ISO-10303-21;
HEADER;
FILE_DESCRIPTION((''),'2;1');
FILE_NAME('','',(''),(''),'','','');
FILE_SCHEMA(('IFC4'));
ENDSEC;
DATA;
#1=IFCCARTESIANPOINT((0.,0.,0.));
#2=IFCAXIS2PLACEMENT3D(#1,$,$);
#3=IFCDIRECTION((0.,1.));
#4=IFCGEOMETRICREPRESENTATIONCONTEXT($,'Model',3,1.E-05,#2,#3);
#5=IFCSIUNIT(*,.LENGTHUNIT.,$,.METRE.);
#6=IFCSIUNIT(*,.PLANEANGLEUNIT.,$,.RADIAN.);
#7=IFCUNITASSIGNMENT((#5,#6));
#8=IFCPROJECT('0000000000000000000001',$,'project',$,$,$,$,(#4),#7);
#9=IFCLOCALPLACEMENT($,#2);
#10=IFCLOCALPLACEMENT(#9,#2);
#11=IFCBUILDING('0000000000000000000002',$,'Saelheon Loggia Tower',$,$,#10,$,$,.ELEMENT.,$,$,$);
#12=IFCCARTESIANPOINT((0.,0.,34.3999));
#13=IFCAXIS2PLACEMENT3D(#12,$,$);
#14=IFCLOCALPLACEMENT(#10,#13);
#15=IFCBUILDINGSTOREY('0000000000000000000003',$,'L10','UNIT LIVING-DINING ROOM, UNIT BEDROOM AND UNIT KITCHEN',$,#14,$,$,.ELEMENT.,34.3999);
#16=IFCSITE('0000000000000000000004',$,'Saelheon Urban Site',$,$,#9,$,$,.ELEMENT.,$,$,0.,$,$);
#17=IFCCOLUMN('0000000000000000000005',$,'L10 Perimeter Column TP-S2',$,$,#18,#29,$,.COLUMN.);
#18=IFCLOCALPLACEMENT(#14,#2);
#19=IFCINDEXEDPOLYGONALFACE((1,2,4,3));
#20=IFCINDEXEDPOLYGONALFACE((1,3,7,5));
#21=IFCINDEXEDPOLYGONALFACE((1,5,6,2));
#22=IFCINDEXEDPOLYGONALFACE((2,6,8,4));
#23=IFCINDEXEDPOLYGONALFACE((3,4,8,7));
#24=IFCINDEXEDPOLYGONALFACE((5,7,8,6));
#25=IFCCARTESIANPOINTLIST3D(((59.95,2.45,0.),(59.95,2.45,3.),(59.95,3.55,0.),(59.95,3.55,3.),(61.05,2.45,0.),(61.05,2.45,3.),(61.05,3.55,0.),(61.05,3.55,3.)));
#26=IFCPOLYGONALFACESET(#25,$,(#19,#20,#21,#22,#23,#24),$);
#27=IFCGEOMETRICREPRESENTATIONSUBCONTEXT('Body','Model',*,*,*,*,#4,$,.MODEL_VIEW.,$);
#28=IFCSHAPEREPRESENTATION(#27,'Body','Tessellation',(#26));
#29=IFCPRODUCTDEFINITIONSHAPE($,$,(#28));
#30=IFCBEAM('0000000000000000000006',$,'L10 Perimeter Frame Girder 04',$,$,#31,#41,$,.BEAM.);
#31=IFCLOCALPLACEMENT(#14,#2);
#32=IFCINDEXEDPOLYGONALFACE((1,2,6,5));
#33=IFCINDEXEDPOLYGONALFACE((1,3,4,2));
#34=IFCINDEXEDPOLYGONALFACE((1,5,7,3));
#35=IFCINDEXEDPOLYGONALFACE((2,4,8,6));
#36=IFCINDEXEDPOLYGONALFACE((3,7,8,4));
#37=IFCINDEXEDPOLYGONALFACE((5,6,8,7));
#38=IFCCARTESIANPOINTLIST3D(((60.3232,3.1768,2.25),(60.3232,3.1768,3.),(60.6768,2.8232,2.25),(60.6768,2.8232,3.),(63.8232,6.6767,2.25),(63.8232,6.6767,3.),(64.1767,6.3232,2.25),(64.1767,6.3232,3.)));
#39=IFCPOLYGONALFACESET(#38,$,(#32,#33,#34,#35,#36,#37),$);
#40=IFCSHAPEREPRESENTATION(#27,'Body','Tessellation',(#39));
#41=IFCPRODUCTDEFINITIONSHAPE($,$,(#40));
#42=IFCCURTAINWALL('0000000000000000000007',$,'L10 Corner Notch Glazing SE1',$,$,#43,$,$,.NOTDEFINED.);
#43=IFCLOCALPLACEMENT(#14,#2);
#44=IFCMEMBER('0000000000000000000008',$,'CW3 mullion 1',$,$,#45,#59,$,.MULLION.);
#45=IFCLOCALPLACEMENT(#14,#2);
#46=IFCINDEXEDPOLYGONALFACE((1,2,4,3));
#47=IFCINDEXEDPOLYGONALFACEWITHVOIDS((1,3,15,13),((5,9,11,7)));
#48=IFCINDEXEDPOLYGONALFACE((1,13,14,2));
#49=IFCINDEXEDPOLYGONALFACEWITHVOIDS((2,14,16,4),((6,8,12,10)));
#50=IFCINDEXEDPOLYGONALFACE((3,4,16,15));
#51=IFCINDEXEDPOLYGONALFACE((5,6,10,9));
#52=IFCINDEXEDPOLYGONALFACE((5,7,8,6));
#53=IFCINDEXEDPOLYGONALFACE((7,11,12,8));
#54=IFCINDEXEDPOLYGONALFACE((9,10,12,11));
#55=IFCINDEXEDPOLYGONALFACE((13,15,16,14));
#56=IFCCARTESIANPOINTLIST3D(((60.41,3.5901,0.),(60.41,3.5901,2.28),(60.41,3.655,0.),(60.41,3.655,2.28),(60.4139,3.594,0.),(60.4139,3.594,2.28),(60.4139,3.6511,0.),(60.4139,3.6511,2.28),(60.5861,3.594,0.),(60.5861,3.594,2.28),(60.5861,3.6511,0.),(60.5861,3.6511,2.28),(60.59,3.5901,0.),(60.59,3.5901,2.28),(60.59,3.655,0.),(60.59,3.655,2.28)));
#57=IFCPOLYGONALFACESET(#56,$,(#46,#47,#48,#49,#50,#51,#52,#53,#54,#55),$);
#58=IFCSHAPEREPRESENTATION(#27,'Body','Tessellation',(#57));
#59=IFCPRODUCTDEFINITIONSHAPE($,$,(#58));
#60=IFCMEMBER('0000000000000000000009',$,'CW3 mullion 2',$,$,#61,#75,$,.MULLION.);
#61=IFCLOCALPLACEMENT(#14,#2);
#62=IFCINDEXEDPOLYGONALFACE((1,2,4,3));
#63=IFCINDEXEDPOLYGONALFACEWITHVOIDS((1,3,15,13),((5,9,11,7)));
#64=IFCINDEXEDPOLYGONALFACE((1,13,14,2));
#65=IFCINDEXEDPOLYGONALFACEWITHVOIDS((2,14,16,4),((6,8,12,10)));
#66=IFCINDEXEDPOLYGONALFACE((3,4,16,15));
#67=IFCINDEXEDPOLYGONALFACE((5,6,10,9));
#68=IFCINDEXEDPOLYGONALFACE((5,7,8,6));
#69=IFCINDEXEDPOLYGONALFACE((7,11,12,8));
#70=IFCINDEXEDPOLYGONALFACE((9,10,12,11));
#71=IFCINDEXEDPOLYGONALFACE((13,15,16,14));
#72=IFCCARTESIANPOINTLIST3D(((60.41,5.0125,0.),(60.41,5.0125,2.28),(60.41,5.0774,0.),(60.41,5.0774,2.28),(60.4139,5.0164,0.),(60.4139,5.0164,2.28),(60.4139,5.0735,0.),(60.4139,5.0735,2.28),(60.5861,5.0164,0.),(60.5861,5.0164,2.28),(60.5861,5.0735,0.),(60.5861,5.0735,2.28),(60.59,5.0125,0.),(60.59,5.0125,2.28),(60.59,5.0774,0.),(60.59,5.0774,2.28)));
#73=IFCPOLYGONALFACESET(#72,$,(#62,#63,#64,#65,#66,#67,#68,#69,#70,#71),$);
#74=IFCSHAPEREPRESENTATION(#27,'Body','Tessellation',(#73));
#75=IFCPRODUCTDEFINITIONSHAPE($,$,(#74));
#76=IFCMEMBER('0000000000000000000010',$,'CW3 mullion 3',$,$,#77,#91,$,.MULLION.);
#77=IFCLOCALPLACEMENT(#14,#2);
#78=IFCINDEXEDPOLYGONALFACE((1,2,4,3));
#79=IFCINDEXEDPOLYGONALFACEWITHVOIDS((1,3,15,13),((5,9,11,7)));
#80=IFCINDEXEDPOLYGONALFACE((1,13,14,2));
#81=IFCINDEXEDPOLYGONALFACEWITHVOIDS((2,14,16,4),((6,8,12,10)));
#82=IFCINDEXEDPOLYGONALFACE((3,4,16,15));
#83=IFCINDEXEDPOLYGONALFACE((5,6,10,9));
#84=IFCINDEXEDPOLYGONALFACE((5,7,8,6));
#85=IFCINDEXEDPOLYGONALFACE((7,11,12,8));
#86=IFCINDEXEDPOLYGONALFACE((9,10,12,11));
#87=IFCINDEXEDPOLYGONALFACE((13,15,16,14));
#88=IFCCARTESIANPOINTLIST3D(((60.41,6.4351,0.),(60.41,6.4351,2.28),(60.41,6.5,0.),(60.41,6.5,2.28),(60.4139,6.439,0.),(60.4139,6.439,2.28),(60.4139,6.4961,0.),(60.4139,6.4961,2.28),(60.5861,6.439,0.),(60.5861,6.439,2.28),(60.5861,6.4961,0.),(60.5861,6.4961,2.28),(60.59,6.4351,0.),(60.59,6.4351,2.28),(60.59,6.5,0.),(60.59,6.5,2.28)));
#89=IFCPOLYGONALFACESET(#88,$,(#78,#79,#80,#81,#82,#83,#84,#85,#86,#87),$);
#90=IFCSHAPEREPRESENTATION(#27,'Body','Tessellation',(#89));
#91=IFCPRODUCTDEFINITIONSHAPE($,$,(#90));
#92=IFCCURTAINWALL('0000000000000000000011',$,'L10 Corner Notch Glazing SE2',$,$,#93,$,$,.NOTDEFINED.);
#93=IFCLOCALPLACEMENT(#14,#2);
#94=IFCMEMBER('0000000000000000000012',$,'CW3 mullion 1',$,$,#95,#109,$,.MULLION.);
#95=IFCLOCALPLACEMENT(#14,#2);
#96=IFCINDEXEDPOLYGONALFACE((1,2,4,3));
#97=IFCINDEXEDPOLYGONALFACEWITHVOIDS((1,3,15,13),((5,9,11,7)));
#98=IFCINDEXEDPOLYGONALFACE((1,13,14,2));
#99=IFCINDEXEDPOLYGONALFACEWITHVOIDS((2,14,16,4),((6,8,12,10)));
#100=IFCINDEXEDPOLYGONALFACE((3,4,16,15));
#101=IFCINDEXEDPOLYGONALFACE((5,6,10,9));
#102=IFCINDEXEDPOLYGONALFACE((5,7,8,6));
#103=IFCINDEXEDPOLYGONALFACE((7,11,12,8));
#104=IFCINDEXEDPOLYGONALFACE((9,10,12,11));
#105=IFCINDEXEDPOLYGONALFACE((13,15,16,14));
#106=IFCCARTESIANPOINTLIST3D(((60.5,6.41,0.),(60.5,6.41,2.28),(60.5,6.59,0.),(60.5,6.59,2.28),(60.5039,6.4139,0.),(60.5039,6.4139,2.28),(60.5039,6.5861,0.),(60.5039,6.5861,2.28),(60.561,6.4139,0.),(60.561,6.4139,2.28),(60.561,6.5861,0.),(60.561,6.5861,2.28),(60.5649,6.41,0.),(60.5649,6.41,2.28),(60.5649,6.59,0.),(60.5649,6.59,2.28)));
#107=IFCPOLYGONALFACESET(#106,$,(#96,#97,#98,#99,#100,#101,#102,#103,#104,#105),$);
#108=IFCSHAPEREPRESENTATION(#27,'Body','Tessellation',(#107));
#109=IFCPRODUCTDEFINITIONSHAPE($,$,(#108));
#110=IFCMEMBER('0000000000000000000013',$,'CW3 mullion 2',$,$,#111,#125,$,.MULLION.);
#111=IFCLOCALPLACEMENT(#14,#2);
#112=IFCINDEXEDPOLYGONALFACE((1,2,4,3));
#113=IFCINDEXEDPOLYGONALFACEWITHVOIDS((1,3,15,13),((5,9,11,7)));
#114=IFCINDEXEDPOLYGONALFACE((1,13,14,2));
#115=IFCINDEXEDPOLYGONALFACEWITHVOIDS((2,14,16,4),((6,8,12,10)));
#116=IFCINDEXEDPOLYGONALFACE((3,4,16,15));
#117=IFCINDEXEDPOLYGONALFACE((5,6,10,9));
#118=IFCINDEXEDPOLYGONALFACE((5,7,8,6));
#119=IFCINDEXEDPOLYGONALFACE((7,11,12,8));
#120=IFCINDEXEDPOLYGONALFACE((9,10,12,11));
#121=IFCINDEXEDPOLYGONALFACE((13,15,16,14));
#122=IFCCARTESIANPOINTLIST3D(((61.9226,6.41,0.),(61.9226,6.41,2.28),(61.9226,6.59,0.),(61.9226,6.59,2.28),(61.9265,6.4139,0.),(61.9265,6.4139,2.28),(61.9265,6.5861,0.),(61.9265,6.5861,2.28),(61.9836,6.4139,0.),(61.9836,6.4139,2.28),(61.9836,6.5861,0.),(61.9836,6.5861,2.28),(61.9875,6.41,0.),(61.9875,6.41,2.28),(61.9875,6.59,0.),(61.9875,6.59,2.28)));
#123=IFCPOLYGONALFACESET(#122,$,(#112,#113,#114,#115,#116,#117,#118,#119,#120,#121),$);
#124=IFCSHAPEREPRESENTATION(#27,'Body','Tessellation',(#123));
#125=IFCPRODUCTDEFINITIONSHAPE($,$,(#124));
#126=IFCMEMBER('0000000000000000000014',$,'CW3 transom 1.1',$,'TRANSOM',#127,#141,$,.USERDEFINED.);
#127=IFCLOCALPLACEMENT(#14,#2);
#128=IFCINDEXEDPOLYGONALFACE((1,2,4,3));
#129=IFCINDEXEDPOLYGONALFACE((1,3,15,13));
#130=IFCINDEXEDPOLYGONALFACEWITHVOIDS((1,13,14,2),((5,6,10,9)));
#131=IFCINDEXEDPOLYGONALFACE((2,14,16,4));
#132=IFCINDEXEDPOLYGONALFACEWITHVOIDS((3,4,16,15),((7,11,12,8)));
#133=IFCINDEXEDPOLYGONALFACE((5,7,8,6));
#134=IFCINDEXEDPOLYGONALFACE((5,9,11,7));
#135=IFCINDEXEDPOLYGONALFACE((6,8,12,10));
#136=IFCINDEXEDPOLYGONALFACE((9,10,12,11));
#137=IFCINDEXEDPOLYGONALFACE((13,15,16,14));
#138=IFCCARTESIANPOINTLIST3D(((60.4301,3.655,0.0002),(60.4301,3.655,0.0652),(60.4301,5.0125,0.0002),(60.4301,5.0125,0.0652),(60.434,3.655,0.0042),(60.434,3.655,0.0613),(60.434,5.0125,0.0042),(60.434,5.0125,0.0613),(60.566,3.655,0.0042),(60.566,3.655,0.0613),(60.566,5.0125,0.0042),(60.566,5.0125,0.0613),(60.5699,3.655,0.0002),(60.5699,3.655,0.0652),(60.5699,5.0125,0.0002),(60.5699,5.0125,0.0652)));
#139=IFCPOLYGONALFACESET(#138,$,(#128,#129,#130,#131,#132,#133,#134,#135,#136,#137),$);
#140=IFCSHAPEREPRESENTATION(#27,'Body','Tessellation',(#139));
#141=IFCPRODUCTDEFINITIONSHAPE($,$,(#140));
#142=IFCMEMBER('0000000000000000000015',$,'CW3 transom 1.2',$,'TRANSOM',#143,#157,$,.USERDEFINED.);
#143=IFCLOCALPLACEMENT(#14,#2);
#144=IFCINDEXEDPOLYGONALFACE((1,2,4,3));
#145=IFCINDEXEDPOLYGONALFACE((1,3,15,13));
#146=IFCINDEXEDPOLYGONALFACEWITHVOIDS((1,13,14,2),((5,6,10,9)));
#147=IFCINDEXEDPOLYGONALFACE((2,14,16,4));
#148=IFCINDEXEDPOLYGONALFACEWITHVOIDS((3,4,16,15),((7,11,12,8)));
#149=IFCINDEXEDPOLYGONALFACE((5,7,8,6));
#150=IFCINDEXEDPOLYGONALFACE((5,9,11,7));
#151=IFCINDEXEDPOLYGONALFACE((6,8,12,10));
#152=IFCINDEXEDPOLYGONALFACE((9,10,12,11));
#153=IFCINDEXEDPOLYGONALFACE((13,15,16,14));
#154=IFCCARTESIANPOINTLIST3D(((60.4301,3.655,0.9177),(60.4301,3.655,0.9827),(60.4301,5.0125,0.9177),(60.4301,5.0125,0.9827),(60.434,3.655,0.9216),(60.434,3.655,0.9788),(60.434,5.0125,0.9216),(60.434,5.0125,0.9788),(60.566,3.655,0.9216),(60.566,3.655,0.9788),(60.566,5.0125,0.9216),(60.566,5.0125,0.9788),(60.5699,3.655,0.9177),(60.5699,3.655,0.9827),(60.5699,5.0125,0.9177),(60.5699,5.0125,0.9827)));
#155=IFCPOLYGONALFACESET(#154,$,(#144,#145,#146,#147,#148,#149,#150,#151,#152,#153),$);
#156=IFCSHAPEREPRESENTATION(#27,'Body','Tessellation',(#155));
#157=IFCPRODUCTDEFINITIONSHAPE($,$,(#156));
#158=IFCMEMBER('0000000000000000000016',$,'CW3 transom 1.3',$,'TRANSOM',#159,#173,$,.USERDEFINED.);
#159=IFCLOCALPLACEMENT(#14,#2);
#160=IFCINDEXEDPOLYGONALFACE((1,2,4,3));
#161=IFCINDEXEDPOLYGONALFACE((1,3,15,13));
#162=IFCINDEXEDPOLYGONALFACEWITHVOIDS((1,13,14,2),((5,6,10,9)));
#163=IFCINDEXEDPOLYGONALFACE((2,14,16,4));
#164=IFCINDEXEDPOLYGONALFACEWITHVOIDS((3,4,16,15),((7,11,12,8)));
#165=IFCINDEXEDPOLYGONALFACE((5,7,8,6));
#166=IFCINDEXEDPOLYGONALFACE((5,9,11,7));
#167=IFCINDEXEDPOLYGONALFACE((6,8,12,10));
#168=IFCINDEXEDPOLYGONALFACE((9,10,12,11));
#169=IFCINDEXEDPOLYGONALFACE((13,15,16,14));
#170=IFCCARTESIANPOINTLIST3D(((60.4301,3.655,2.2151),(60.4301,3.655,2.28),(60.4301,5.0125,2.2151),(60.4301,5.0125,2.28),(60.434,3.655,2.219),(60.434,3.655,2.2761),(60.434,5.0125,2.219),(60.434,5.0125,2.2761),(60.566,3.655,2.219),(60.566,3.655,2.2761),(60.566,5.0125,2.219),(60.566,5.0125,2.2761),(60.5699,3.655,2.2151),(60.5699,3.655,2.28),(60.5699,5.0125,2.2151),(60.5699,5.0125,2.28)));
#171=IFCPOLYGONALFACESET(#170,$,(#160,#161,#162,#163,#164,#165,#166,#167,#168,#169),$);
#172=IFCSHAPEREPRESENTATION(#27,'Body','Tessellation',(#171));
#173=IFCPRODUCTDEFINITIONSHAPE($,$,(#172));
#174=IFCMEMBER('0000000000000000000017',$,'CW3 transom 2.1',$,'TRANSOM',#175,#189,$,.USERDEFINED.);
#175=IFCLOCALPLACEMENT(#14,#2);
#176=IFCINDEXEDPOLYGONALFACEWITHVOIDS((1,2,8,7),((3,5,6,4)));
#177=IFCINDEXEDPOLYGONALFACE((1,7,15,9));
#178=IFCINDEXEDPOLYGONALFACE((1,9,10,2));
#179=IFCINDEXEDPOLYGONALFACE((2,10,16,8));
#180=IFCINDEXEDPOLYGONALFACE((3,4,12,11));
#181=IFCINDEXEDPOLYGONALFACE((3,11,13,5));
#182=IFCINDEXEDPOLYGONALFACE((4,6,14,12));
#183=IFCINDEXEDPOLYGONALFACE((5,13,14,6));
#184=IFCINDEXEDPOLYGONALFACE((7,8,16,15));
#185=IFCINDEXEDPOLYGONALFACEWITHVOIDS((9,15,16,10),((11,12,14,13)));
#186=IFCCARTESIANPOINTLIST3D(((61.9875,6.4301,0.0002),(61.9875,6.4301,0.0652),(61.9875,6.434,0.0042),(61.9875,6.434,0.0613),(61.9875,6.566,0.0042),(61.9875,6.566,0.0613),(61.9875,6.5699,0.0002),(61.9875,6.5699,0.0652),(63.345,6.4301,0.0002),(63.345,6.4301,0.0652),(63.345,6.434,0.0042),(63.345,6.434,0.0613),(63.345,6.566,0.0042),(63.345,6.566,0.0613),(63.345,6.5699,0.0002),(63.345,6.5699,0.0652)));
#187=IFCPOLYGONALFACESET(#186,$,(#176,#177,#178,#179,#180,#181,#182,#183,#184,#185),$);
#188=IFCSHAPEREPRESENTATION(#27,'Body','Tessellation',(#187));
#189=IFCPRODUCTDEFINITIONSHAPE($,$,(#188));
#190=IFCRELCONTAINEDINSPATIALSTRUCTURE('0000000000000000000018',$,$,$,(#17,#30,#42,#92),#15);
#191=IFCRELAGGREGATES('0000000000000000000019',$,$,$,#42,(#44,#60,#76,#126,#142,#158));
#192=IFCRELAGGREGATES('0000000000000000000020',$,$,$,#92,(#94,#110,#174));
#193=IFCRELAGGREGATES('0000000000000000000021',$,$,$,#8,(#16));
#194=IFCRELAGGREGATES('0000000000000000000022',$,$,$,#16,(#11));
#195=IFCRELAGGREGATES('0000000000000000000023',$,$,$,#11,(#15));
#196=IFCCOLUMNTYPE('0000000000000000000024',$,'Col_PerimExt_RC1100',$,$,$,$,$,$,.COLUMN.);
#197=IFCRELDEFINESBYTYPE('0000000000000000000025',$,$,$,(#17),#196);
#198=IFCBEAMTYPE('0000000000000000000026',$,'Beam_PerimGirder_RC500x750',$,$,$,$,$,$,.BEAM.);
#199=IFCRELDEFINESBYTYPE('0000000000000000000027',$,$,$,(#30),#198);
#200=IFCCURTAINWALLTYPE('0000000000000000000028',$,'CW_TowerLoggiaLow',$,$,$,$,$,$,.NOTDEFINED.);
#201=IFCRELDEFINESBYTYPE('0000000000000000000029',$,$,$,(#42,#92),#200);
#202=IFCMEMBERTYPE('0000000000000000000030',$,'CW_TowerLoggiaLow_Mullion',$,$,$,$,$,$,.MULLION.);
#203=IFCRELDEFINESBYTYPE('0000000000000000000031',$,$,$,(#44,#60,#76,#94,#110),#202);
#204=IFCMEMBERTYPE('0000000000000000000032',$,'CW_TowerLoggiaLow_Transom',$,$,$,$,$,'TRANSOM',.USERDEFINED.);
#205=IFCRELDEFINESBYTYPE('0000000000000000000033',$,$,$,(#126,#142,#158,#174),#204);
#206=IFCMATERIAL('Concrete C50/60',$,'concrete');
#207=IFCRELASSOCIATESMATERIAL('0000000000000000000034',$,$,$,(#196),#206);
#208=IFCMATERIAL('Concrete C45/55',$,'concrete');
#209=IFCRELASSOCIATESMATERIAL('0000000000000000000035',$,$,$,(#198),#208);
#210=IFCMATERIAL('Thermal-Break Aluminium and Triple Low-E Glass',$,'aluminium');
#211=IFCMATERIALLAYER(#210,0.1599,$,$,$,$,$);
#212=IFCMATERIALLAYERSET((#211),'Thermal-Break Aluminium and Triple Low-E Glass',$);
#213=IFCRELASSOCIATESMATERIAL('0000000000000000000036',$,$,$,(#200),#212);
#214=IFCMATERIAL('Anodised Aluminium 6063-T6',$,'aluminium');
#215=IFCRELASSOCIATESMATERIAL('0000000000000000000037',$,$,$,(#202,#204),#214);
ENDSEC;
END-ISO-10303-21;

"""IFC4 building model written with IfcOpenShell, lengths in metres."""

from ifc_helpers import new_model, si_unit, direction, frame, origin, origin_2d, place, context, subcontext, project, spatial, rectangle, hollow_rectangle, extrude, source, transform, mapped, material, layer, layer_set, material_profile, profile_set, type_object, element, aggregate, save


model = new_model("IFC4")

# Units and contexts
model_context = context("Model", 3, precision=1e-05, world=origin(), true_north=direction((0.0, 1.0)))
body_context = subcontext(model_context, "Body", "Model", "MODEL_VIEW")
ifc_project = project(units=[si_unit("LENGTHUNIT", "METRE"), si_unit("PLANEANGLEUNIT", "RADIAN")], contexts=[model_context])

# Site, building, storey
site_placement = place(None, origin())
site = spatial("IfcSite", under=ifc_project, at=site_placement, Name="Saelheon Urban Site", CompositionType="ELEMENT", RefElevation=0.0)
building_placement = place(site_placement, origin())
building = spatial("IfcBuilding", under=site, at=building_placement, Name="Saelheon Loggia Tower", CompositionType="ELEMENT")
storey_placement = place(building_placement, frame((0.0, 0.0, 34.3999)))
storey = spatial("IfcBuildingStorey", under=building, at=storey_placement, Name="L10", Description="UNIT LIVING-DINING ROOM, UNIT BEDROOM AND UNIT KITCHEN", CompositionType="ELEMENT", Elevation=34.3999)

# Column
ifc_material_1 = material(Name="Concrete C50/60", Category="concrete")
ifc_material_profile_1 = material_profile(ifc_material_1, rectangle(XDim=1.1001, YDim=1.1001, at=origin_2d()), Name="RC-1100x1100")
ifc_profile_set_1 = profile_set([ifc_material_profile_1], Name="Concrete C50/60")
column_type = type_object("IfcColumnType", Name="Col_PerimExt_RC1100", PredefinedType="COLUMN", material=ifc_profile_set_1)
shared_shape_1 = source(origin(), body_context, "Body", "SweptSolid", [
    extrude(rectangle(XDim=1.1001, YDim=1.1001, at=origin_2d()), origin(), (0.0, 0.0, 1.0), 3.0),
])
column_placement = place(storey_placement, frame((60.5, 3.0, 0.0), z_axis=(0.0, 0.0, 1.0), x_axis=(1.0, 0.0, 0.0)))
element("IfcColumn", 1, at=column_placement, inside=storey, type_object=column_type, Name="L10 Perimeter Column TP-S2", PredefinedType="COLUMN", context=body_context, shape_type="MappedRepresentation", body=[
    mapped(shared_shape_1, transform((0.0, 0.0, 0.0), scale=1.0)),
])

# Beam
ifc_material_2 = material(Name="Concrete C45/55", Category="concrete")
ifc_material_profile_2 = material_profile(ifc_material_2, rectangle(XDim=0.5, YDim=0.75, at=origin_2d()), Name="RC-500x750")
ifc_profile_set_2 = profile_set([ifc_material_profile_2], Name="Concrete C45/55")
beam_type = type_object("IfcBeamType", Name="Beam_PerimGirder_RC500x750", PredefinedType="BEAM", material=ifc_profile_set_2)
shared_shape_2 = source(origin(), body_context, "Body", "SweptSolid", [
    extrude(rectangle(XDim=0.5, YDim=0.75, at=origin_2d()), origin(), (0.0, 0.0, 1.0), 4.9497),
])
beam_placement = place(storey_placement, frame((60.5, 3.0, 2.625), z_axis=(0.707107, 0.707107, 0.0), x_axis=(-0.707107, 0.707107, 0.0)))
element("IfcBeam", 2, at=beam_placement, inside=storey, type_object=beam_type, Name="L10 Perimeter Frame Girder 04", PredefinedType="BEAM", context=body_context, shape_type="MappedRepresentation", body=[
    mapped(shared_shape_2, transform((0.0, 0.0, 0.0), scale=1.0)),
])

# Curtain walls, members
ifc_material_3 = material(Name="Thermal-Break Aluminium and Triple Low-E Glass", Category="aluminium")
ifc_layer_1 = layer(ifc_material_3, 0.1599)
ifc_layer_set_1 = layer_set([ifc_layer_1], Name="Thermal-Break Aluminium and Triple Low-E Glass")
curtain_wall_type = type_object("IfcCurtainWallType", Name="CW_TowerLoggiaLow", PredefinedType="NOTDEFINED", material=ifc_layer_set_1)
curtain_wall_1_placement = place(storey_placement, origin())
curtain_wall_1 = element("IfcCurtainWall", 3, at=curtain_wall_1_placement, inside=storey, type_object=curtain_wall_type, Name="L10 Corner Notch Glazing SE1", PredefinedType="NOTDEFINED")
ifc_material_4 = material(Name="Anodised Aluminium 6063-T6", Category="aluminium")
ifc_material_profile_3 = material_profile(ifc_material_4, hollow_rectangle(XDim=0.0649, YDim=0.1799, WallThickness=0.0039, at=origin_2d()), Name="RHS-180x65x4")
ifc_profile_set_3 = profile_set([ifc_material_profile_3], Name="Anodised Aluminium 6063-T6")
member_type_1 = type_object("IfcMemberType", Name="CW_TowerLoggiaLow_Mullion", PredefinedType="MULLION", material=ifc_profile_set_3)
shared_shape_3 = source(origin(), body_context, "Body", "SweptSolid", [
    extrude(hollow_rectangle(XDim=0.0649, YDim=0.1799, WallThickness=0.0039, at=origin_2d()), origin(), (0.0, 0.0, 1.0), 2.28),
])
member_1_placement = place(storey_placement, frame((60.5, 3.6226, 0.0), z_axis=(0.0, 0.0, 1.0), x_axis=(0.0, 1.0, 0.0)))
member_1 = element("IfcMember", 4, at=member_1_placement, type_object=member_type_1, Name="CW3 mullion 1", PredefinedType="MULLION", context=body_context, shape_type="MappedRepresentation", body=[
    mapped(shared_shape_3, transform((0.0, 0.0, 0.0), scale=1.0)),
])
member_2_placement = place(storey_placement, frame((60.5, 5.0449, 0.0), z_axis=(0.0, 0.0, 1.0), x_axis=(0.0, 1.0, 0.0)))
member_2 = element("IfcMember", 5, at=member_2_placement, type_object=member_type_1, Name="CW3 mullion 2", PredefinedType="MULLION", context=body_context, shape_type="MappedRepresentation", body=[
    mapped(shared_shape_3, transform((0.0, 0.0, 0.0), scale=1.0)),
])
member_3_placement = place(storey_placement, frame((60.5, 6.4675, 0.0), z_axis=(0.0, 0.0, 1.0), x_axis=(0.0, 1.0, 0.0)))
member_3 = element("IfcMember", 6, at=member_3_placement, type_object=member_type_1, Name="CW3 mullion 3", PredefinedType="MULLION", context=body_context, shape_type="MappedRepresentation", body=[
    mapped(shared_shape_3, transform((0.0, 0.0, 0.0), scale=1.0)),
])
curtain_wall_2_placement = place(storey_placement, origin())
curtain_wall_2 = element("IfcCurtainWall", 7, at=curtain_wall_2_placement, inside=storey, type_object=curtain_wall_type, Name="L10 Corner Notch Glazing SE2", PredefinedType="NOTDEFINED")
member_4_placement = place(storey_placement, frame((60.5325, 6.5, 0.0), z_axis=(0.0, 0.0, 1.0), x_axis=(1.0, 0.0, 0.0)))
member_4 = element("IfcMember", 8, at=member_4_placement, type_object=member_type_1, Name="CW3 mullion 1", PredefinedType="MULLION", context=body_context, shape_type="MappedRepresentation", body=[
    mapped(shared_shape_3, transform((0.0, 0.0, 0.0), scale=1.0)),
])
member_5_placement = place(storey_placement, frame((61.9551, 6.5, 0.0), z_axis=(0.0, 0.0, 1.0), x_axis=(1.0, 0.0, 0.0)))
member_5 = element("IfcMember", 9, at=member_5_placement, type_object=member_type_1, Name="CW3 mullion 2", PredefinedType="MULLION", context=body_context, shape_type="MappedRepresentation", body=[
    mapped(shared_shape_3, transform((0.0, 0.0, 0.0), scale=1.0)),
])

# Members
ifc_material_profile_4 = material_profile(ifc_material_4, hollow_rectangle(XDim=0.0649, YDim=0.1399, WallThickness=0.0039, at=origin_2d()), Name="RHS-140x65x4")
ifc_profile_set_4 = profile_set([ifc_material_profile_4], Name="Anodised Aluminium 6063-T6")
member_type_2 = type_object("IfcMemberType", Name="CW_TowerLoggiaLow_Transom", ElementType="TRANSOM", PredefinedType="USERDEFINED", material=ifc_profile_set_4)
shared_shape_4 = source(origin(), body_context, "Body", "SweptSolid", [
    extrude(hollow_rectangle(XDim=0.0649, YDim=0.1399, WallThickness=0.0039, at=origin_2d()), origin(), (0.0, 0.0, 1.0), 1.3574),
])
member_6_placement = place(storey_placement, frame((60.5, 3.655, 0.0327), z_axis=(0.0, 1.0, 0.0), x_axis=(0.0, 0.0, 1.0)))
member_6 = element("IfcMember", 10, at=member_6_placement, type_object=member_type_2, Name="CW3 transom 1.1", ObjectType="TRANSOM", PredefinedType="USERDEFINED", context=body_context, shape_type="MappedRepresentation", body=[
    mapped(shared_shape_4, transform((0.0, 0.0, 0.0), scale=1.0)),
])
member_7_placement = place(storey_placement, frame((60.5, 3.655, 0.9502), z_axis=(0.0, 1.0, 0.0), x_axis=(0.0, 0.0, 1.0)))
member_7 = element("IfcMember", 11, at=member_7_placement, type_object=member_type_2, Name="CW3 transom 1.2", ObjectType="TRANSOM", PredefinedType="USERDEFINED", context=body_context, shape_type="MappedRepresentation", body=[
    mapped(shared_shape_4, transform((0.0, 0.0, 0.0), scale=1.0)),
])
member_8_placement = place(storey_placement, frame((60.5, 3.655, 2.2476), z_axis=(0.0, 1.0, 0.0), x_axis=(0.0, 0.0, 1.0)))
member_8 = element("IfcMember", 12, at=member_8_placement, type_object=member_type_2, Name="CW3 transom 1.3", ObjectType="TRANSOM", PredefinedType="USERDEFINED", context=body_context, shape_type="MappedRepresentation", body=[
    mapped(shared_shape_4, transform((0.0, 0.0, 0.0), scale=1.0)),
])
member_9_placement = place(storey_placement, frame((61.9875, 6.5, 0.0327), z_axis=(1.0, 0.0, 0.0), x_axis=(0.0, 0.0, 1.0)))
member_9 = element("IfcMember", 13, at=member_9_placement, type_object=member_type_2, Name="CW3 transom 2.1", ObjectType="TRANSOM", PredefinedType="USERDEFINED", context=body_context, shape_type="MappedRepresentation", body=[
    mapped(shared_shape_4, transform((0.0, 0.0, 0.0), scale=1.0)),
])

aggregate(curtain_wall_1, [member_1, member_2, member_3, member_6, member_7, member_8])
aggregate(curtain_wall_2, [member_4, member_5, member_9])

save(model, "model.ifc")
